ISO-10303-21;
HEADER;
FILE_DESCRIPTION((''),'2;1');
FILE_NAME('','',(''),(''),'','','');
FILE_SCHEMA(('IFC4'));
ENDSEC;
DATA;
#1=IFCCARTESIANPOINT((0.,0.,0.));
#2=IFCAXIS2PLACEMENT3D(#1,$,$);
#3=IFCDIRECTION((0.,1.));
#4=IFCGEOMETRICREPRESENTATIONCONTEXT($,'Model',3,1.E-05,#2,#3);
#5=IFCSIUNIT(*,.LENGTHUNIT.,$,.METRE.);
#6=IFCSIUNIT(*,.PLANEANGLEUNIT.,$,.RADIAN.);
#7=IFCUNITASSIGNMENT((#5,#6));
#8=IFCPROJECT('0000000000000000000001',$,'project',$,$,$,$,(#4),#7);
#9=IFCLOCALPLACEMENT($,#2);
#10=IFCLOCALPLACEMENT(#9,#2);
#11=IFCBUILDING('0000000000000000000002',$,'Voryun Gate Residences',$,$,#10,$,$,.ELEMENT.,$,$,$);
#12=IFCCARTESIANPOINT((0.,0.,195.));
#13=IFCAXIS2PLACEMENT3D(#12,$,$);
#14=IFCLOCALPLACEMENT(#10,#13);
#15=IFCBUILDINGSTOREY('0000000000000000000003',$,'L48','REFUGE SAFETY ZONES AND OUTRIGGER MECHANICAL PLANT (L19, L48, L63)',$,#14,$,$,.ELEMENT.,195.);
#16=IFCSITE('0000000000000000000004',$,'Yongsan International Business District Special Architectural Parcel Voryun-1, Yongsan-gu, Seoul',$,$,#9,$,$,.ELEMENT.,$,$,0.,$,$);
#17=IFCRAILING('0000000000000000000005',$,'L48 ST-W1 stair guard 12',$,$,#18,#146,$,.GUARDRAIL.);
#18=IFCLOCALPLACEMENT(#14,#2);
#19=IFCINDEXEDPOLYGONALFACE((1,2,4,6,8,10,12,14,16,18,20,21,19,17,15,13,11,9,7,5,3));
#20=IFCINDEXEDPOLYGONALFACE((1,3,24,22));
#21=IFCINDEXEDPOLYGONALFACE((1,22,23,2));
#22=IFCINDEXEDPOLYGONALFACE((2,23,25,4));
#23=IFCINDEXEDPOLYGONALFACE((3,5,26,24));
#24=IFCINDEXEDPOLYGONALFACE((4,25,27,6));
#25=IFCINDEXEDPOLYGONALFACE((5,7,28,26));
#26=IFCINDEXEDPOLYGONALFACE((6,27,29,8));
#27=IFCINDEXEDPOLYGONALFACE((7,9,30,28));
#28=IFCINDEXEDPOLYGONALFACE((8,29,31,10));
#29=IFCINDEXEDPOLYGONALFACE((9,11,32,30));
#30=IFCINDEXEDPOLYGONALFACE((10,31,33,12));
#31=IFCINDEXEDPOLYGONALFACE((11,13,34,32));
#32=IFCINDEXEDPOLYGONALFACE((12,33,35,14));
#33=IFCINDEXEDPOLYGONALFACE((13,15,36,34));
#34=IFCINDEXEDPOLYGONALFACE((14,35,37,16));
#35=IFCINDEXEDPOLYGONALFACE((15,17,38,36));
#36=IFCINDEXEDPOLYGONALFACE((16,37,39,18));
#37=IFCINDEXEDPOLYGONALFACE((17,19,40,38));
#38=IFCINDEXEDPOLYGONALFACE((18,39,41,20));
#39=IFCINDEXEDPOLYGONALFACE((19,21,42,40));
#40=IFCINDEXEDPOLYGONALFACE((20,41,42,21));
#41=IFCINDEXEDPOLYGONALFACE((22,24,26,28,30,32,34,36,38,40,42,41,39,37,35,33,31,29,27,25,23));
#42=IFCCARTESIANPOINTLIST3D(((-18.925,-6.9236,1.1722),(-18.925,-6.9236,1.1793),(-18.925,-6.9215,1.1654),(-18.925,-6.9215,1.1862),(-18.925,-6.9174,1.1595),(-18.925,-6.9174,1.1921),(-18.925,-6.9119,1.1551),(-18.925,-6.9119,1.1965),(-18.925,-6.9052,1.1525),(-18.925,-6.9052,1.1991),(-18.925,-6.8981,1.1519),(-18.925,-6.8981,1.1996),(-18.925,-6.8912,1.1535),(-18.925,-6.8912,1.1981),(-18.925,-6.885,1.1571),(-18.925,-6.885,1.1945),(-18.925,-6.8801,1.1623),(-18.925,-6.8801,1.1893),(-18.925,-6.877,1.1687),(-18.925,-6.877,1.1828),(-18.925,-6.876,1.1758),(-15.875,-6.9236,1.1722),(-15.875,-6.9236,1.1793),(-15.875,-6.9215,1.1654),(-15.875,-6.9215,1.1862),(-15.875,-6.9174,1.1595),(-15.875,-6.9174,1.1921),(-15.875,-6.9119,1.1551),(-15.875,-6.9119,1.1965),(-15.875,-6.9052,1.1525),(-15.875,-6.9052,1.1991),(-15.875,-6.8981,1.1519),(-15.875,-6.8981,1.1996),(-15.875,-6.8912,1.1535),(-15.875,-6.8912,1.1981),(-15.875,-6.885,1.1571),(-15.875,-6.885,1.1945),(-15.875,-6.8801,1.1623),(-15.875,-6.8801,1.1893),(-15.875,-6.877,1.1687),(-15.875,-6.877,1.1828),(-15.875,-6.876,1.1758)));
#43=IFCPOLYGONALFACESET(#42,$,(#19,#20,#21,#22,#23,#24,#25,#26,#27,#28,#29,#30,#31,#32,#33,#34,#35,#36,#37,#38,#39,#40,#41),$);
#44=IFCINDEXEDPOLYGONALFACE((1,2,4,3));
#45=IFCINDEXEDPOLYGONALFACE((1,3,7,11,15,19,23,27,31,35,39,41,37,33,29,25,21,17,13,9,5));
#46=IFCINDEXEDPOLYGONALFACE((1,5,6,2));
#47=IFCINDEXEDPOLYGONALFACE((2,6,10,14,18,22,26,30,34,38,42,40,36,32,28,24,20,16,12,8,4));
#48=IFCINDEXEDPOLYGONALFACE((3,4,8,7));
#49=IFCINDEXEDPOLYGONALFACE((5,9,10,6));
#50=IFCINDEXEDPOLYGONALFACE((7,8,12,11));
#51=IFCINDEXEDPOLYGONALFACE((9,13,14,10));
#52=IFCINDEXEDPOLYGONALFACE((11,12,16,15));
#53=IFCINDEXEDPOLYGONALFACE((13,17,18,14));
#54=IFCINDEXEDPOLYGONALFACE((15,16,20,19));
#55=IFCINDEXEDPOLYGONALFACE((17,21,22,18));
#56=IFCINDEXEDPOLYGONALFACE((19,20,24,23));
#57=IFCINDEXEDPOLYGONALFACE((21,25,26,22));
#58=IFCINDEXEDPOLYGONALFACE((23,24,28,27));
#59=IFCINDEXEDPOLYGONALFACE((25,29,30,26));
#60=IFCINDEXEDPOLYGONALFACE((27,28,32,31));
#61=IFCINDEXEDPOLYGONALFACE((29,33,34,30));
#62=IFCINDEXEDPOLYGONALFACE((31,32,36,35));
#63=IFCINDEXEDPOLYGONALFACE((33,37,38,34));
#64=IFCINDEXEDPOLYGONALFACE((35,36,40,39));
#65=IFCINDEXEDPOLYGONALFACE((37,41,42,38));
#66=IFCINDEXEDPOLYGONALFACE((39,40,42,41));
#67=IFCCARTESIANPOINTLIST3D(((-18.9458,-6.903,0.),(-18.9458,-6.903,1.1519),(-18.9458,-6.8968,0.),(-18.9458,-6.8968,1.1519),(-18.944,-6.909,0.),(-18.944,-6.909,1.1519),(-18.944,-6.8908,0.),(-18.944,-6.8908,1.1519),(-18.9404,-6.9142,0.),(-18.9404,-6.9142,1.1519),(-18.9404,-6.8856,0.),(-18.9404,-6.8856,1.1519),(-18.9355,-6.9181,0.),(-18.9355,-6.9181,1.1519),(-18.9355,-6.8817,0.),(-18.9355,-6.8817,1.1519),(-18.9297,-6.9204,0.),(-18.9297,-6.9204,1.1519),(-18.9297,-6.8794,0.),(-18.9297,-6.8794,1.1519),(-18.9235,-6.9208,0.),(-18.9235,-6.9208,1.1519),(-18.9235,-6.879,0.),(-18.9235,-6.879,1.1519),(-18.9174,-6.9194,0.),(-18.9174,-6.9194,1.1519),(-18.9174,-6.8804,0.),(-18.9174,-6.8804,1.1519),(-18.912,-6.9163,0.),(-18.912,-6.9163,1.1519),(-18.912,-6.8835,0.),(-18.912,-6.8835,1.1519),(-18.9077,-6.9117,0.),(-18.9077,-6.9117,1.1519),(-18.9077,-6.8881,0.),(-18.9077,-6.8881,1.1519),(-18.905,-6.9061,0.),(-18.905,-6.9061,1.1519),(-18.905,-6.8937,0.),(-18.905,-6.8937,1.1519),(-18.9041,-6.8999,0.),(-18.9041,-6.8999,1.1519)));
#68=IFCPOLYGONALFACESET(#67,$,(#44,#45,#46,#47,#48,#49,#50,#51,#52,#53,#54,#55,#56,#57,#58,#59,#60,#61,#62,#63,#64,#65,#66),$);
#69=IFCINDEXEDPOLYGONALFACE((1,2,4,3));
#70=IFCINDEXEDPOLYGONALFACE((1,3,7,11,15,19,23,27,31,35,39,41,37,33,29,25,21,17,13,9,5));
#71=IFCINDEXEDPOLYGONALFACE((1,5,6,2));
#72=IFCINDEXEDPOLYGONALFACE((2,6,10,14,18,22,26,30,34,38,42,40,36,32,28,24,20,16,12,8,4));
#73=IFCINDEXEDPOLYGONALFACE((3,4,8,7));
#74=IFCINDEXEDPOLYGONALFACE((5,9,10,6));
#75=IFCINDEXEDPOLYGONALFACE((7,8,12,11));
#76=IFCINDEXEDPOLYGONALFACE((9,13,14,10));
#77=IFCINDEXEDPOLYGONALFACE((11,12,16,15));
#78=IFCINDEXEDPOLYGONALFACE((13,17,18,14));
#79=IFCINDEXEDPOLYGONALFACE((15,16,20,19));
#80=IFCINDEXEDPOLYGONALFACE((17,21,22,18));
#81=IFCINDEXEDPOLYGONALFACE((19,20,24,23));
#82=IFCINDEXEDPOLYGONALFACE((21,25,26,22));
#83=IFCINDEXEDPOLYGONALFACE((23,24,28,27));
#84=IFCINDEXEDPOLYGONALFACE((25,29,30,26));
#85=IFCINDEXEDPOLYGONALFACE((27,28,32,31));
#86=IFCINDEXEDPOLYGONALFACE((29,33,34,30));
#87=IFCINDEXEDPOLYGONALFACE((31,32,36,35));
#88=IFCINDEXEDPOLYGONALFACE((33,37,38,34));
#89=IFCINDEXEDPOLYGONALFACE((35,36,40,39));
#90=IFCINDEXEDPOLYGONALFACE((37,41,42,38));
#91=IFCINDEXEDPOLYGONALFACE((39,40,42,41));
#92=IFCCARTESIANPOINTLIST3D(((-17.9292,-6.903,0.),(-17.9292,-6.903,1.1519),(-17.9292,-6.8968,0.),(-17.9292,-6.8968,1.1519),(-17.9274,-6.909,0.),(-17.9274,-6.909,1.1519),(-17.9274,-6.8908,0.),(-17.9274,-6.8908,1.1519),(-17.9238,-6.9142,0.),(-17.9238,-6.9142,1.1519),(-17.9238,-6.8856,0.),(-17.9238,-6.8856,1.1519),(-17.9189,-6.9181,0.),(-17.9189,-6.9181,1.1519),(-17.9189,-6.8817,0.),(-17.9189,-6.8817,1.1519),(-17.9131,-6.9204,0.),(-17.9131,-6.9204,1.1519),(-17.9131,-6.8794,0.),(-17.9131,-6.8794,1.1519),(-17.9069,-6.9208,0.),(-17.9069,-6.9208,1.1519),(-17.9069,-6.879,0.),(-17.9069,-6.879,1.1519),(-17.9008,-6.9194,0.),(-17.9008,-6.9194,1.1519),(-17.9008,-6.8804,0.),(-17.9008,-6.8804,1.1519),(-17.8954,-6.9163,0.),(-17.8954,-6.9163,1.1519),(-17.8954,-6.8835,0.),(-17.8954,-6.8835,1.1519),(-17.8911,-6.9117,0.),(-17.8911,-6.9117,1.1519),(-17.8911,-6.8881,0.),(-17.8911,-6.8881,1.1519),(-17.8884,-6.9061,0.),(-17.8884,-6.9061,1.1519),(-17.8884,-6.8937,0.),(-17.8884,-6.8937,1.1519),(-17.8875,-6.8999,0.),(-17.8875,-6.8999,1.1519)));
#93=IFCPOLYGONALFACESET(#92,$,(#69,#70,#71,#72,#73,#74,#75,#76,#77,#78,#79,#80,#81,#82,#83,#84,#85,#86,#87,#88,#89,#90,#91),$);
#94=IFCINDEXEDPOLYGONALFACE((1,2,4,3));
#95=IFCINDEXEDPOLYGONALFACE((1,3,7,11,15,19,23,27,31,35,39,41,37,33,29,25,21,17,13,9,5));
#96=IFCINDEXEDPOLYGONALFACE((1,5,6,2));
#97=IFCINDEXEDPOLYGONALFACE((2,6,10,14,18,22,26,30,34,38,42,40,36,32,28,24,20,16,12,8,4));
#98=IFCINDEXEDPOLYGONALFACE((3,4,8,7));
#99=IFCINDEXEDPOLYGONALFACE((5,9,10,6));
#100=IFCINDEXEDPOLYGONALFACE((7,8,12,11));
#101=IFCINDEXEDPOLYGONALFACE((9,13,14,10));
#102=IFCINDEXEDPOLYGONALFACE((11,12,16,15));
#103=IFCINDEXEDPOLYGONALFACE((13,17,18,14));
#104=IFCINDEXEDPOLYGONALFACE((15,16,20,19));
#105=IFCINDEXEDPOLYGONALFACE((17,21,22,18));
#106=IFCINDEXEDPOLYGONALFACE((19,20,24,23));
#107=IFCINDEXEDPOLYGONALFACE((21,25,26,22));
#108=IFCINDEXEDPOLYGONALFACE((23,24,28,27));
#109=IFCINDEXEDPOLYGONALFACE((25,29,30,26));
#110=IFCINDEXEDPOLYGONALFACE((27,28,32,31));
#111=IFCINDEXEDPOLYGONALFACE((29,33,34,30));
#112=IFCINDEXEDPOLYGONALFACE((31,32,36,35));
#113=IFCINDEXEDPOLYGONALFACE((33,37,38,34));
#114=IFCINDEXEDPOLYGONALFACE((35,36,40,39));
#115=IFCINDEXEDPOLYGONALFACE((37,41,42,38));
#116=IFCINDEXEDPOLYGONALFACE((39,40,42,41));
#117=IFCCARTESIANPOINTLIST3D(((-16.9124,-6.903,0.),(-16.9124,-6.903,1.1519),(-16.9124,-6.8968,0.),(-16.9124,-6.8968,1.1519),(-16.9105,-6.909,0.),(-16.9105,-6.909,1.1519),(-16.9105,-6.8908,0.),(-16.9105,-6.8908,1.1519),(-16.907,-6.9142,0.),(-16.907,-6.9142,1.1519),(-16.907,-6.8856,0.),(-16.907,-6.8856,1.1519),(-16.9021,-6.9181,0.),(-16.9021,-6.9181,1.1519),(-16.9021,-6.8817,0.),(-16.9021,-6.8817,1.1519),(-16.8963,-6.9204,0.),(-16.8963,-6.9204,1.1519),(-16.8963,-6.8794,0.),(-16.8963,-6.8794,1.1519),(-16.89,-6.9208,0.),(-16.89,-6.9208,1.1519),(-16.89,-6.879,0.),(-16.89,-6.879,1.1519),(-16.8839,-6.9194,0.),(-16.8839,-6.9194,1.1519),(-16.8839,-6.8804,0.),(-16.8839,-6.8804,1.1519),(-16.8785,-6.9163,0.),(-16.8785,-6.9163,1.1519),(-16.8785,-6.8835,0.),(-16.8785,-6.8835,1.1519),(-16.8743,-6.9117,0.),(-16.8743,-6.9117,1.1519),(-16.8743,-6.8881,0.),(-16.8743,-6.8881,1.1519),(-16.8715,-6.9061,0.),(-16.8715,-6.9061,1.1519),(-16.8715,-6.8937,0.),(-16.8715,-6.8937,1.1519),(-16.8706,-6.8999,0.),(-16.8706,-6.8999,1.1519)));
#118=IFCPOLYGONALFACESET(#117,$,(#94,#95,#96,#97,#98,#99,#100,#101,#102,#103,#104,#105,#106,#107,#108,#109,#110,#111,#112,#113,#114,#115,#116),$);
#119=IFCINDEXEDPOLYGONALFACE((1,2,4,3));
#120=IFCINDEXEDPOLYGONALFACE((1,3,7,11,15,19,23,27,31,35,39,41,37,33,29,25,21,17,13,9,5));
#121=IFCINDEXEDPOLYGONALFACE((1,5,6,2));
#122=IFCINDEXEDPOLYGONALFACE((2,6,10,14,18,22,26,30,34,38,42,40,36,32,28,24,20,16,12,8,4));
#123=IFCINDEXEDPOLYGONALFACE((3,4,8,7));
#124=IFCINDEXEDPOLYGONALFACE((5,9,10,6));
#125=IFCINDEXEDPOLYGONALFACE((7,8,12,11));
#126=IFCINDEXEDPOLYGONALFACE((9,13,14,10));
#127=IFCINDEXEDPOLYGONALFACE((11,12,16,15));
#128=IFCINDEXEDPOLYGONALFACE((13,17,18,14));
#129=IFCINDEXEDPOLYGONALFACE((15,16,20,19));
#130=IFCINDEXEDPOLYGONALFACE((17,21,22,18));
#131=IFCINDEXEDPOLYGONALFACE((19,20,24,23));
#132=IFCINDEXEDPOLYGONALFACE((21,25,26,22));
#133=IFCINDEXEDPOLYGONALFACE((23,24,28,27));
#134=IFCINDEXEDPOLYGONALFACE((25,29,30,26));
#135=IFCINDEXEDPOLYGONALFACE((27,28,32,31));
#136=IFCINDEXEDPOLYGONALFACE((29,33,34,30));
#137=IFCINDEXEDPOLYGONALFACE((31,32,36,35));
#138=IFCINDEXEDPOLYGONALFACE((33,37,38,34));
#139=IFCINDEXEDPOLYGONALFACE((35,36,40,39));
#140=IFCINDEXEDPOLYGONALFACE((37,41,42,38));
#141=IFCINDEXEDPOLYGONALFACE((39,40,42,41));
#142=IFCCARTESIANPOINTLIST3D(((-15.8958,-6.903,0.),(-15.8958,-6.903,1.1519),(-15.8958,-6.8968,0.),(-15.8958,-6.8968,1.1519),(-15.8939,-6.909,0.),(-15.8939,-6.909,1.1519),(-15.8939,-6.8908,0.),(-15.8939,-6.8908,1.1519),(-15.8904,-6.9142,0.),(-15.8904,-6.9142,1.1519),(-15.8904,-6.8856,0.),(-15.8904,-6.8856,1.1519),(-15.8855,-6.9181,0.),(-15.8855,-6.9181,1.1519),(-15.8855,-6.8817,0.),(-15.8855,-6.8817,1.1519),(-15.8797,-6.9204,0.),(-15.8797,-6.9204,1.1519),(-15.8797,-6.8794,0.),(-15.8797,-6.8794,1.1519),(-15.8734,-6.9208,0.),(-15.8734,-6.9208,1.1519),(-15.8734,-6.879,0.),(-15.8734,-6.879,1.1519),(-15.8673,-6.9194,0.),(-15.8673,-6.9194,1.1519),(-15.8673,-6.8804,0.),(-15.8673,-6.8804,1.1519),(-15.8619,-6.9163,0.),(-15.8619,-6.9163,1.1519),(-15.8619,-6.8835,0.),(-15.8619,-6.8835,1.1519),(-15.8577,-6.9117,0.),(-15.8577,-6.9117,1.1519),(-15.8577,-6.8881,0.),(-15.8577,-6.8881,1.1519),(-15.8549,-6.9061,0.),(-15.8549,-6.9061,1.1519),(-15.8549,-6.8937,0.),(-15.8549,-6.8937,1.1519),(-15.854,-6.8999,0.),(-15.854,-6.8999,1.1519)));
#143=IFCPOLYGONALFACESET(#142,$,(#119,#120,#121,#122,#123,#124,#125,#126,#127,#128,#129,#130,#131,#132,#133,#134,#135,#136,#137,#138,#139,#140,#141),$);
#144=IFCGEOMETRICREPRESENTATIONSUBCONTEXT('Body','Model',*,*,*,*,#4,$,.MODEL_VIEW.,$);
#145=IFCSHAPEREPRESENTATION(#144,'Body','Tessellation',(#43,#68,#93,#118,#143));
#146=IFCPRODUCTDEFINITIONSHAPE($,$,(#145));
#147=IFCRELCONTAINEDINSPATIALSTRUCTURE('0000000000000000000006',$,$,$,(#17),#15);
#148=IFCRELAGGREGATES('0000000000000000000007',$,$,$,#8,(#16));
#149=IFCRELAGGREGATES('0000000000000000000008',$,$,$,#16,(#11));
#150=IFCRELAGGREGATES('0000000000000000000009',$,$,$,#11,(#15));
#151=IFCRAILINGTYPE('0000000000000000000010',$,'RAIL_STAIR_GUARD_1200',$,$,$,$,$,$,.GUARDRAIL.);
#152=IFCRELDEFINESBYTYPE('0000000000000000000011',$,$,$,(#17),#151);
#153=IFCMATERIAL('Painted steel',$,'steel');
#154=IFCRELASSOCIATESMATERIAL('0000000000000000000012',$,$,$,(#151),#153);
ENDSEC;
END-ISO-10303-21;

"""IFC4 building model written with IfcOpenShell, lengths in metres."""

from ifc_helpers import new_model, si_unit, direction, frame, origin, origin_2d, place, context, subcontext, project, spatial, circle, extrude, material, type_object, element, save


model = new_model("IFC4")

# Units and contexts
model_context = context("Model", 3, precision=1e-05, world=origin(), true_north=direction((0.0, 1.0)))
body_context = subcontext(model_context, "Body", "Model", "MODEL_VIEW")
ifc_project = project(units=[si_unit("LENGTHUNIT", "METRE"), si_unit("PLANEANGLEUNIT", "RADIAN")], contexts=[model_context])

# Site, building, storey
site_placement = place(None, origin())
site = spatial("IfcSite", under=ifc_project, at=site_placement, Name="Yongsan International Business District Special Architectural Parcel Voryun-1, Yongsan-gu, Seoul", CompositionType="ELEMENT", RefElevation=0.0)
building_placement = place(site_placement, origin())
building = spatial("IfcBuilding", under=site, at=building_placement, Name="Voryun Gate Residences", CompositionType="ELEMENT")
storey_placement = place(building_placement, frame((0.0, 0.0, 195.0)))
storey = spatial("IfcBuildingStorey", under=building, at=storey_placement, Name="L48", Description="REFUGE SAFETY ZONES AND OUTRIGGER MECHANICAL PLANT (L19, L48, L63)", CompositionType="ELEMENT", Elevation=195.0)

# Railing
ifc_material_1 = material(Name="Painted steel", Category="steel")
railing_type = type_object("IfcRailingType", Name="RAIL_STAIR_GUARD_1200", PredefinedType="GUARDRAIL", material=ifc_material_1)
railing_1_placement = place(storey_placement, frame((-18.925, -6.8999, 0.0)))
element("IfcRailing", 1, at=railing_1_placement, inside=storey, type_object=railing_type, Name="L48 ST-W1 stair guard 12", PredefinedType="GUARDRAIL", context=body_context, shape_type="SweptSolid", body=[
    extrude(circle(Radius=0.0239, at=origin_2d()), frame((0.0, 0.0, 1.1758), z_axis=(1.0, 0.0, 0.0), x_axis=(0.0, 1.0, 0.0)), (0.0, 0.0, 1.0), 3.05),
    extrude(circle(Radius=0.021, at=origin_2d()), origin(), (0.0, 0.0, 1.0), 1.1519),
    extrude(circle(Radius=0.021, at=origin_2d()), frame((1.0166, 0.0, 0.0)), (0.0, 0.0, 1.0), 1.1519),
    extrude(circle(Radius=0.021, at=origin_2d()), frame((2.0334, 0.0, 0.0)), (0.0, 0.0, 1.0), 1.1519),
    extrude(circle(Radius=0.021, at=origin_2d()), frame((3.05, 0.0, 0.0)), (0.0, 0.0, 1.0), 1.1519),
])

save(model, "model.ifc")
